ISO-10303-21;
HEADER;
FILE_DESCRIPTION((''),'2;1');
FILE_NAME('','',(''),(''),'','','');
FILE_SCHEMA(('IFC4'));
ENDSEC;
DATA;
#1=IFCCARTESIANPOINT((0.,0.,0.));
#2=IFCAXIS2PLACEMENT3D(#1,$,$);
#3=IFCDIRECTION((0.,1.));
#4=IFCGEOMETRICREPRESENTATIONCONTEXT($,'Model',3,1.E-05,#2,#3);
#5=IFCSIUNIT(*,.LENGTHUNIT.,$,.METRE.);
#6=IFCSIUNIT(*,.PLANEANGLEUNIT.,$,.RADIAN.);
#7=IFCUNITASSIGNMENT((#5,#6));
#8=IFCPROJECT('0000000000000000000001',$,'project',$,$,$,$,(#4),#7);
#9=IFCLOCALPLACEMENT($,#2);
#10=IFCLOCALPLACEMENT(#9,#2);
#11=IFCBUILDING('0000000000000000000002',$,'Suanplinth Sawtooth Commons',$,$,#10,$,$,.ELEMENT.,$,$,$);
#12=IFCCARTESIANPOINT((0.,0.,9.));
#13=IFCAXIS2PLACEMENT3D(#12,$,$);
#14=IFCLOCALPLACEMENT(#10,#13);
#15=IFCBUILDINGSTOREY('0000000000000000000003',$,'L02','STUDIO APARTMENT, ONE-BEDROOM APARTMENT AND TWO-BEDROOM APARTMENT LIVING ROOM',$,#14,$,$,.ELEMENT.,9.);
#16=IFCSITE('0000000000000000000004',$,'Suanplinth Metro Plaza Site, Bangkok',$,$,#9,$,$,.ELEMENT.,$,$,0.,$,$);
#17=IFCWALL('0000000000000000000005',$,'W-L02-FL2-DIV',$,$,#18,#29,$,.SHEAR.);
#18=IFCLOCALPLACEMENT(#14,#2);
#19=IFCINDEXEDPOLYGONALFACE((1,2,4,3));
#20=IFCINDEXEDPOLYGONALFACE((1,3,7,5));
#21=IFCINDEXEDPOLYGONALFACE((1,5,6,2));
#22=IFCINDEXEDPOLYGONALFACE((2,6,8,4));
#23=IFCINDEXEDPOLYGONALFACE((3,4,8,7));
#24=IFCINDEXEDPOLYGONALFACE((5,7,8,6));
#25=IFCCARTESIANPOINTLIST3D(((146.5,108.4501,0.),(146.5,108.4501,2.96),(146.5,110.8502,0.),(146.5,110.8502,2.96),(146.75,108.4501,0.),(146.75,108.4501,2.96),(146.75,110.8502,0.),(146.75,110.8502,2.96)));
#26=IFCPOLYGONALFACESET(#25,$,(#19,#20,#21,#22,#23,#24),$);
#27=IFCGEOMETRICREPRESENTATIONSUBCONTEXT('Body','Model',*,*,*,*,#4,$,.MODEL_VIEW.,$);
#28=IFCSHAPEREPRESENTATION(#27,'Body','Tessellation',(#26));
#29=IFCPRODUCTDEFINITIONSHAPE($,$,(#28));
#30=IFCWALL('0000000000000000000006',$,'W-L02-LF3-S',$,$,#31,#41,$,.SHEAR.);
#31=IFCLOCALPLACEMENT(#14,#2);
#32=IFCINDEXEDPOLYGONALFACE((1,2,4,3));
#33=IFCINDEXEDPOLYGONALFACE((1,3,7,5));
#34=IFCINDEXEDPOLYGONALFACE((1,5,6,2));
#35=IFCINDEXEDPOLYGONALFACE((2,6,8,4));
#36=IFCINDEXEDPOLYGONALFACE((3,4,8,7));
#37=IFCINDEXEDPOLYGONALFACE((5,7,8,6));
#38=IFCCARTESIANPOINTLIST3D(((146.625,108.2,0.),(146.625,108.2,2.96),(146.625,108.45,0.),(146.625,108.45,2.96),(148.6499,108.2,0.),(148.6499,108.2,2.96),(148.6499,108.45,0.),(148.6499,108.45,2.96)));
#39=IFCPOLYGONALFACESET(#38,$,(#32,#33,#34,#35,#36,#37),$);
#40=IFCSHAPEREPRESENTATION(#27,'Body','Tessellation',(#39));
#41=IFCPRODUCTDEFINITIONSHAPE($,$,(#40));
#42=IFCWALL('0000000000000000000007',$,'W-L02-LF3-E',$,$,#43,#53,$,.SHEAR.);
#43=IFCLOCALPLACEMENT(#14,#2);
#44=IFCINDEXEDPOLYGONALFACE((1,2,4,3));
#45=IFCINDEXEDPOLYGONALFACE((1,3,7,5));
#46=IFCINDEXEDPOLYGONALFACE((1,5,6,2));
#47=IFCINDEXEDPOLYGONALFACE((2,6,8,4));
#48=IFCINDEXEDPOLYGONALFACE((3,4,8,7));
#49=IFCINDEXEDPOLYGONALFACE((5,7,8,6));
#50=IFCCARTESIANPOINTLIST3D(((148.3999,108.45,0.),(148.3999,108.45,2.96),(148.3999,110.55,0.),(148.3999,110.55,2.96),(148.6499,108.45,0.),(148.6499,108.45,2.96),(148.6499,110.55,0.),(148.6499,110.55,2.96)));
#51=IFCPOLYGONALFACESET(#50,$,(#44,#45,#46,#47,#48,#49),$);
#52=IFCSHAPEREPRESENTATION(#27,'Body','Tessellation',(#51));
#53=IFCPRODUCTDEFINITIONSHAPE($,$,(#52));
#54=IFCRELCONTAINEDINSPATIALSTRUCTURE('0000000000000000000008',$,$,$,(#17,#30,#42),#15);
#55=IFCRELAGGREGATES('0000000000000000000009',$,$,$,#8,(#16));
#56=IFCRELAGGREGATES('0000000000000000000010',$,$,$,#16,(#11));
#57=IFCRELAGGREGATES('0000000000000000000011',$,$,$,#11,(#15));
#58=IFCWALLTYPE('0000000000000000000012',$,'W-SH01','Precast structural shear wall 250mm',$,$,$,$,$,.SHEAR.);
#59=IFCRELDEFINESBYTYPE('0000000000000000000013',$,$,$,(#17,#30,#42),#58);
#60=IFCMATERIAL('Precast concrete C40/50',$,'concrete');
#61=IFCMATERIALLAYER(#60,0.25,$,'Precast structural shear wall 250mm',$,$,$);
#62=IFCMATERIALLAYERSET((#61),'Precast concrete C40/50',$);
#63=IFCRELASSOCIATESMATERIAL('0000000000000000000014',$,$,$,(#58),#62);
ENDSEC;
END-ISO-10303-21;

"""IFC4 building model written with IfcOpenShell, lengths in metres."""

from ifc_helpers import new_model, si_unit, direction, frame, frame_2d, origin, place, context, subcontext, project, spatial, rectangle, extrude, material, layer, layer_set, type_object, element, save


model = new_model("IFC4")

# Units and contexts
model_context = context("Model", 3, precision=1e-05, world=origin(), true_north=direction((0.0, 1.0)))
body_context = subcontext(model_context, "Body", "Model", "MODEL_VIEW")
ifc_project = project(units=[si_unit("LENGTHUNIT", "METRE"), si_unit("PLANEANGLEUNIT", "RADIAN")], contexts=[model_context])

# Site, building, storey
site_placement = place(None, origin())
site = spatial("IfcSite", under=ifc_project, at=site_placement, Name="Suanplinth Metro Plaza Site, Bangkok", CompositionType="ELEMENT", RefElevation=0.0)
building_placement = place(site_placement, origin())
building = spatial("IfcBuilding", under=site, at=building_placement, Name="Suanplinth Sawtooth Commons", CompositionType="ELEMENT")
storey_placement = place(building_placement, frame((0.0, 0.0, 9.0)))
storey = spatial("IfcBuildingStorey", under=building, at=storey_placement, Name="L02", Description="STUDIO APARTMENT, ONE-BEDROOM APARTMENT AND TWO-BEDROOM APARTMENT LIVING ROOM", CompositionType="ELEMENT", Elevation=9.0)

# Shared definitions
ifc_material_1 = material(Name="Precast concrete C40/50", Category="concrete")

# Walls
ifc_layer_1 = layer(ifc_material_1, 0.25, Name="Precast structural shear wall 250mm")
ifc_layer_set_1 = layer_set([ifc_layer_1], Name="Precast concrete C40/50")
wall_type_1 = type_object("IfcWallType", Name="W-SH01", Description="Precast structural shear wall 250mm", PredefinedType="SHEAR", material=ifc_layer_set_1)
for number, where, z_axis, x_axis, name in (
    (1, (146.625, 108.45, 0.0), (0.0, 0.0, 1.0), (0.0, 1.0, 0.0), "W-L02-FL2-DIV"),
):
    element("IfcWall", number, at=place(storey_placement, frame(where, z_axis=z_axis, x_axis=x_axis)), inside=storey, type_object=wall_type_1, Name=name, PredefinedType="SHEAR", context=body_context, shape_type="SweptSolid", body=[
        extrude(rectangle(XDim=2.4001, YDim=0.25, at=frame_2d((1.2002, 0.0))), origin(), (0.0, 0.0, 1.0), 2.96),
    ])
wall_1_placement = place(storey_placement, frame((146.625, 108.325, 0.0), z_axis=(0.0, 0.0, 1.0), x_axis=(1.0, 0.0, 0.0)))
element("IfcWall", 2, at=wall_1_placement, inside=storey, type_object=wall_type_1, Name="W-L02-LF3-S", PredefinedType="SHEAR", context=body_context, shape_type="SweptSolid", body=[
    extrude(rectangle(XDim=2.0249, YDim=0.25, at=frame_2d((1.0125, 0.0))), origin(), (0.0, 0.0, 1.0), 2.96),
])

# Wall
wall_2_placement = place(storey_placement, frame((148.5249, 108.45, 0.0), z_axis=(0.0, 0.0, 1.0), x_axis=(0.0, 1.0, 0.0)))
element("IfcWall", 3, at=wall_2_placement, inside=storey, type_object=wall_type_1, Name="W-L02-LF3-E", PredefinedType="SHEAR", context=body_context, shape_type="SweptSolid", body=[
    extrude(rectangle(XDim=2.1001, YDim=0.25, at=frame_2d((1.05, 0.0))), origin(), (0.0, 0.0, 1.0), 2.96),
])

save(model, "model.ifc")
